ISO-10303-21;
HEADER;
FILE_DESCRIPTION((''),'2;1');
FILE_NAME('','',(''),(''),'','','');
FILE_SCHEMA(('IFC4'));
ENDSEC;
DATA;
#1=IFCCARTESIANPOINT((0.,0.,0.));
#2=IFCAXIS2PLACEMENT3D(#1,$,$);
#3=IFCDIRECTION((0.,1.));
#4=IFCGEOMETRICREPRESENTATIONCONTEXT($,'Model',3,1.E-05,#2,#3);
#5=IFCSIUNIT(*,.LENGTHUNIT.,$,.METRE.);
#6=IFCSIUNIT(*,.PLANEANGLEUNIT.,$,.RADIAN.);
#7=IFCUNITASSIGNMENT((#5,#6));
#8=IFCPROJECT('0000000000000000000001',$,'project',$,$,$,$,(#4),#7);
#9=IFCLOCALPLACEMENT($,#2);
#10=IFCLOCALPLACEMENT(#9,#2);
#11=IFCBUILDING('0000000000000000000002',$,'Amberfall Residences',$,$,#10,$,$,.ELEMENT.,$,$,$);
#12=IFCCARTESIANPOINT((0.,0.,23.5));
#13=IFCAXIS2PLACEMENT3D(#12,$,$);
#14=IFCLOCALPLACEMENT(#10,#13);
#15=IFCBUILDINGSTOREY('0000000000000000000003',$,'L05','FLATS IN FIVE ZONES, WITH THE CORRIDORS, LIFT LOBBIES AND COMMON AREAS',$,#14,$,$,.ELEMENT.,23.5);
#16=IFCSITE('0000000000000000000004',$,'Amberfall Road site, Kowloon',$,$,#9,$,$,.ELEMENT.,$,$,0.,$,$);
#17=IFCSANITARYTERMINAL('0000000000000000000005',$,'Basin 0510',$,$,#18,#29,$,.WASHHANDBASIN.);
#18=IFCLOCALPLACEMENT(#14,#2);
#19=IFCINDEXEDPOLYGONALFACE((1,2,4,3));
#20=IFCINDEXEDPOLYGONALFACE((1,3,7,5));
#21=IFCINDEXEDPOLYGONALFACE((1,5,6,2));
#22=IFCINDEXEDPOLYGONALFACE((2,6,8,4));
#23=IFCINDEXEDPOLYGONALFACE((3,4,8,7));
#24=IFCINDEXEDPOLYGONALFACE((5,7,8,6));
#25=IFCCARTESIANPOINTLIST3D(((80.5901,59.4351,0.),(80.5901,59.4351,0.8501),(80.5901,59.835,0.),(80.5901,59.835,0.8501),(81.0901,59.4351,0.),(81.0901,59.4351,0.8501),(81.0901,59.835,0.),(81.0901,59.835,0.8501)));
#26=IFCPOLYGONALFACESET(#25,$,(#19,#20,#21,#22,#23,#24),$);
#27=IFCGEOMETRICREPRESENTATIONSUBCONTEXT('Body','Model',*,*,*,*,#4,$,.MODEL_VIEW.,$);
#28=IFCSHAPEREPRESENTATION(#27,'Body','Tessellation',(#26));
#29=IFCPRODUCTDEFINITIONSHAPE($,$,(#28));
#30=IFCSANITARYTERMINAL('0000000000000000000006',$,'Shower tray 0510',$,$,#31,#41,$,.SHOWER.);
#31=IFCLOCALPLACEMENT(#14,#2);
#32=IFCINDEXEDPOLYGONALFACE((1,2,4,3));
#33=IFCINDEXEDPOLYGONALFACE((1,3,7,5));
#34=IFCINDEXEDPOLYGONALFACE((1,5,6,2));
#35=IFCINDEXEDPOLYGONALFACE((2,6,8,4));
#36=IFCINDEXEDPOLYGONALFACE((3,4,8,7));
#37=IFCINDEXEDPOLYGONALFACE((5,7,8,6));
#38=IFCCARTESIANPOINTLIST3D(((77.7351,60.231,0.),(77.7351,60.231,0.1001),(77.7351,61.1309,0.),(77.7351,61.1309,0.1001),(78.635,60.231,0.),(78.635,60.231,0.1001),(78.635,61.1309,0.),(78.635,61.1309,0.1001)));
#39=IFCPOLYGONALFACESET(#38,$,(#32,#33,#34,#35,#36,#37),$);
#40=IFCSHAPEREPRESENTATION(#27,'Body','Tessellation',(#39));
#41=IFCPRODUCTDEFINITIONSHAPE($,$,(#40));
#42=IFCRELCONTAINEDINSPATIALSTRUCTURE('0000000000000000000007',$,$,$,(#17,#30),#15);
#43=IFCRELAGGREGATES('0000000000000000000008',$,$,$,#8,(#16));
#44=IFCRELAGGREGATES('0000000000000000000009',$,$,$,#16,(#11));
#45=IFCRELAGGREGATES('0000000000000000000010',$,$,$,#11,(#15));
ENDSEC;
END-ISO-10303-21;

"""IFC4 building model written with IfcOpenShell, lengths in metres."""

from ifc_helpers import new_model, si_unit, direction, frame, origin, origin_2d, place, context, subcontext, project, spatial, rectangle, extrude, element, save


model = new_model("IFC4")

# Units and contexts
model_context = context("Model", 3, precision=1e-05, world=origin(), true_north=direction((0.0, 1.0)))
body_context = subcontext(model_context, "Body", "Model", "MODEL_VIEW")
ifc_project = project(units=[si_unit("LENGTHUNIT", "METRE"), si_unit("PLANEANGLEUNIT", "RADIAN")], contexts=[model_context])

# Site, building, storey
site_placement = place(None, origin())
site = spatial("IfcSite", under=ifc_project, at=site_placement, Name="Amberfall Road site, Kowloon", CompositionType="ELEMENT", RefElevation=0.0)
building_placement = place(site_placement, origin())
building = spatial("IfcBuilding", under=site, at=building_placement, Name="Amberfall Residences", CompositionType="ELEMENT")
storey_placement = place(building_placement, frame((0.0, 0.0, 23.5)))
storey = spatial("IfcBuildingStorey", under=building, at=storey_placement, Name="L05", Description="FLATS IN FIVE ZONES, WITH THE CORRIDORS, LIFT LOBBIES AND COMMON AREAS", CompositionType="ELEMENT", Elevation=23.5)

# Sanitary terminals
sanitary_terminal_1_placement = place(storey_placement, frame((80.8401, 59.635, 0.0), z_axis=(0.0, 0.0, 1.0), x_axis=(1.0, 0.0, 0.0)))
element("IfcSanitaryTerminal", 1, at=sanitary_terminal_1_placement, inside=storey, Name="Basin 0510", PredefinedType="WASHHANDBASIN", context=body_context, shape_type="SweptSolid", body=[
    extrude(rectangle(XDim=0.5, YDim=0.3999, at=origin_2d()), origin(), (0.0, 0.0, 1.0), 0.8501),
])
sanitary_terminal_2_placement = place(storey_placement, frame((78.1851, 60.6809, 0.0), z_axis=(0.0, 0.0, 1.0), x_axis=(1.0, 0.0, 0.0)))
element("IfcSanitaryTerminal", 2, at=sanitary_terminal_2_placement, inside=storey, Name="Shower tray 0510", PredefinedType="SHOWER", context=body_context, shape_type="SweptSolid", body=[
    extrude(rectangle(XDim=0.8999, YDim=0.8999, at=origin_2d()), origin(), (0.0, 0.0, 1.0), 0.1001),
])

save(model, "model.ifc")
